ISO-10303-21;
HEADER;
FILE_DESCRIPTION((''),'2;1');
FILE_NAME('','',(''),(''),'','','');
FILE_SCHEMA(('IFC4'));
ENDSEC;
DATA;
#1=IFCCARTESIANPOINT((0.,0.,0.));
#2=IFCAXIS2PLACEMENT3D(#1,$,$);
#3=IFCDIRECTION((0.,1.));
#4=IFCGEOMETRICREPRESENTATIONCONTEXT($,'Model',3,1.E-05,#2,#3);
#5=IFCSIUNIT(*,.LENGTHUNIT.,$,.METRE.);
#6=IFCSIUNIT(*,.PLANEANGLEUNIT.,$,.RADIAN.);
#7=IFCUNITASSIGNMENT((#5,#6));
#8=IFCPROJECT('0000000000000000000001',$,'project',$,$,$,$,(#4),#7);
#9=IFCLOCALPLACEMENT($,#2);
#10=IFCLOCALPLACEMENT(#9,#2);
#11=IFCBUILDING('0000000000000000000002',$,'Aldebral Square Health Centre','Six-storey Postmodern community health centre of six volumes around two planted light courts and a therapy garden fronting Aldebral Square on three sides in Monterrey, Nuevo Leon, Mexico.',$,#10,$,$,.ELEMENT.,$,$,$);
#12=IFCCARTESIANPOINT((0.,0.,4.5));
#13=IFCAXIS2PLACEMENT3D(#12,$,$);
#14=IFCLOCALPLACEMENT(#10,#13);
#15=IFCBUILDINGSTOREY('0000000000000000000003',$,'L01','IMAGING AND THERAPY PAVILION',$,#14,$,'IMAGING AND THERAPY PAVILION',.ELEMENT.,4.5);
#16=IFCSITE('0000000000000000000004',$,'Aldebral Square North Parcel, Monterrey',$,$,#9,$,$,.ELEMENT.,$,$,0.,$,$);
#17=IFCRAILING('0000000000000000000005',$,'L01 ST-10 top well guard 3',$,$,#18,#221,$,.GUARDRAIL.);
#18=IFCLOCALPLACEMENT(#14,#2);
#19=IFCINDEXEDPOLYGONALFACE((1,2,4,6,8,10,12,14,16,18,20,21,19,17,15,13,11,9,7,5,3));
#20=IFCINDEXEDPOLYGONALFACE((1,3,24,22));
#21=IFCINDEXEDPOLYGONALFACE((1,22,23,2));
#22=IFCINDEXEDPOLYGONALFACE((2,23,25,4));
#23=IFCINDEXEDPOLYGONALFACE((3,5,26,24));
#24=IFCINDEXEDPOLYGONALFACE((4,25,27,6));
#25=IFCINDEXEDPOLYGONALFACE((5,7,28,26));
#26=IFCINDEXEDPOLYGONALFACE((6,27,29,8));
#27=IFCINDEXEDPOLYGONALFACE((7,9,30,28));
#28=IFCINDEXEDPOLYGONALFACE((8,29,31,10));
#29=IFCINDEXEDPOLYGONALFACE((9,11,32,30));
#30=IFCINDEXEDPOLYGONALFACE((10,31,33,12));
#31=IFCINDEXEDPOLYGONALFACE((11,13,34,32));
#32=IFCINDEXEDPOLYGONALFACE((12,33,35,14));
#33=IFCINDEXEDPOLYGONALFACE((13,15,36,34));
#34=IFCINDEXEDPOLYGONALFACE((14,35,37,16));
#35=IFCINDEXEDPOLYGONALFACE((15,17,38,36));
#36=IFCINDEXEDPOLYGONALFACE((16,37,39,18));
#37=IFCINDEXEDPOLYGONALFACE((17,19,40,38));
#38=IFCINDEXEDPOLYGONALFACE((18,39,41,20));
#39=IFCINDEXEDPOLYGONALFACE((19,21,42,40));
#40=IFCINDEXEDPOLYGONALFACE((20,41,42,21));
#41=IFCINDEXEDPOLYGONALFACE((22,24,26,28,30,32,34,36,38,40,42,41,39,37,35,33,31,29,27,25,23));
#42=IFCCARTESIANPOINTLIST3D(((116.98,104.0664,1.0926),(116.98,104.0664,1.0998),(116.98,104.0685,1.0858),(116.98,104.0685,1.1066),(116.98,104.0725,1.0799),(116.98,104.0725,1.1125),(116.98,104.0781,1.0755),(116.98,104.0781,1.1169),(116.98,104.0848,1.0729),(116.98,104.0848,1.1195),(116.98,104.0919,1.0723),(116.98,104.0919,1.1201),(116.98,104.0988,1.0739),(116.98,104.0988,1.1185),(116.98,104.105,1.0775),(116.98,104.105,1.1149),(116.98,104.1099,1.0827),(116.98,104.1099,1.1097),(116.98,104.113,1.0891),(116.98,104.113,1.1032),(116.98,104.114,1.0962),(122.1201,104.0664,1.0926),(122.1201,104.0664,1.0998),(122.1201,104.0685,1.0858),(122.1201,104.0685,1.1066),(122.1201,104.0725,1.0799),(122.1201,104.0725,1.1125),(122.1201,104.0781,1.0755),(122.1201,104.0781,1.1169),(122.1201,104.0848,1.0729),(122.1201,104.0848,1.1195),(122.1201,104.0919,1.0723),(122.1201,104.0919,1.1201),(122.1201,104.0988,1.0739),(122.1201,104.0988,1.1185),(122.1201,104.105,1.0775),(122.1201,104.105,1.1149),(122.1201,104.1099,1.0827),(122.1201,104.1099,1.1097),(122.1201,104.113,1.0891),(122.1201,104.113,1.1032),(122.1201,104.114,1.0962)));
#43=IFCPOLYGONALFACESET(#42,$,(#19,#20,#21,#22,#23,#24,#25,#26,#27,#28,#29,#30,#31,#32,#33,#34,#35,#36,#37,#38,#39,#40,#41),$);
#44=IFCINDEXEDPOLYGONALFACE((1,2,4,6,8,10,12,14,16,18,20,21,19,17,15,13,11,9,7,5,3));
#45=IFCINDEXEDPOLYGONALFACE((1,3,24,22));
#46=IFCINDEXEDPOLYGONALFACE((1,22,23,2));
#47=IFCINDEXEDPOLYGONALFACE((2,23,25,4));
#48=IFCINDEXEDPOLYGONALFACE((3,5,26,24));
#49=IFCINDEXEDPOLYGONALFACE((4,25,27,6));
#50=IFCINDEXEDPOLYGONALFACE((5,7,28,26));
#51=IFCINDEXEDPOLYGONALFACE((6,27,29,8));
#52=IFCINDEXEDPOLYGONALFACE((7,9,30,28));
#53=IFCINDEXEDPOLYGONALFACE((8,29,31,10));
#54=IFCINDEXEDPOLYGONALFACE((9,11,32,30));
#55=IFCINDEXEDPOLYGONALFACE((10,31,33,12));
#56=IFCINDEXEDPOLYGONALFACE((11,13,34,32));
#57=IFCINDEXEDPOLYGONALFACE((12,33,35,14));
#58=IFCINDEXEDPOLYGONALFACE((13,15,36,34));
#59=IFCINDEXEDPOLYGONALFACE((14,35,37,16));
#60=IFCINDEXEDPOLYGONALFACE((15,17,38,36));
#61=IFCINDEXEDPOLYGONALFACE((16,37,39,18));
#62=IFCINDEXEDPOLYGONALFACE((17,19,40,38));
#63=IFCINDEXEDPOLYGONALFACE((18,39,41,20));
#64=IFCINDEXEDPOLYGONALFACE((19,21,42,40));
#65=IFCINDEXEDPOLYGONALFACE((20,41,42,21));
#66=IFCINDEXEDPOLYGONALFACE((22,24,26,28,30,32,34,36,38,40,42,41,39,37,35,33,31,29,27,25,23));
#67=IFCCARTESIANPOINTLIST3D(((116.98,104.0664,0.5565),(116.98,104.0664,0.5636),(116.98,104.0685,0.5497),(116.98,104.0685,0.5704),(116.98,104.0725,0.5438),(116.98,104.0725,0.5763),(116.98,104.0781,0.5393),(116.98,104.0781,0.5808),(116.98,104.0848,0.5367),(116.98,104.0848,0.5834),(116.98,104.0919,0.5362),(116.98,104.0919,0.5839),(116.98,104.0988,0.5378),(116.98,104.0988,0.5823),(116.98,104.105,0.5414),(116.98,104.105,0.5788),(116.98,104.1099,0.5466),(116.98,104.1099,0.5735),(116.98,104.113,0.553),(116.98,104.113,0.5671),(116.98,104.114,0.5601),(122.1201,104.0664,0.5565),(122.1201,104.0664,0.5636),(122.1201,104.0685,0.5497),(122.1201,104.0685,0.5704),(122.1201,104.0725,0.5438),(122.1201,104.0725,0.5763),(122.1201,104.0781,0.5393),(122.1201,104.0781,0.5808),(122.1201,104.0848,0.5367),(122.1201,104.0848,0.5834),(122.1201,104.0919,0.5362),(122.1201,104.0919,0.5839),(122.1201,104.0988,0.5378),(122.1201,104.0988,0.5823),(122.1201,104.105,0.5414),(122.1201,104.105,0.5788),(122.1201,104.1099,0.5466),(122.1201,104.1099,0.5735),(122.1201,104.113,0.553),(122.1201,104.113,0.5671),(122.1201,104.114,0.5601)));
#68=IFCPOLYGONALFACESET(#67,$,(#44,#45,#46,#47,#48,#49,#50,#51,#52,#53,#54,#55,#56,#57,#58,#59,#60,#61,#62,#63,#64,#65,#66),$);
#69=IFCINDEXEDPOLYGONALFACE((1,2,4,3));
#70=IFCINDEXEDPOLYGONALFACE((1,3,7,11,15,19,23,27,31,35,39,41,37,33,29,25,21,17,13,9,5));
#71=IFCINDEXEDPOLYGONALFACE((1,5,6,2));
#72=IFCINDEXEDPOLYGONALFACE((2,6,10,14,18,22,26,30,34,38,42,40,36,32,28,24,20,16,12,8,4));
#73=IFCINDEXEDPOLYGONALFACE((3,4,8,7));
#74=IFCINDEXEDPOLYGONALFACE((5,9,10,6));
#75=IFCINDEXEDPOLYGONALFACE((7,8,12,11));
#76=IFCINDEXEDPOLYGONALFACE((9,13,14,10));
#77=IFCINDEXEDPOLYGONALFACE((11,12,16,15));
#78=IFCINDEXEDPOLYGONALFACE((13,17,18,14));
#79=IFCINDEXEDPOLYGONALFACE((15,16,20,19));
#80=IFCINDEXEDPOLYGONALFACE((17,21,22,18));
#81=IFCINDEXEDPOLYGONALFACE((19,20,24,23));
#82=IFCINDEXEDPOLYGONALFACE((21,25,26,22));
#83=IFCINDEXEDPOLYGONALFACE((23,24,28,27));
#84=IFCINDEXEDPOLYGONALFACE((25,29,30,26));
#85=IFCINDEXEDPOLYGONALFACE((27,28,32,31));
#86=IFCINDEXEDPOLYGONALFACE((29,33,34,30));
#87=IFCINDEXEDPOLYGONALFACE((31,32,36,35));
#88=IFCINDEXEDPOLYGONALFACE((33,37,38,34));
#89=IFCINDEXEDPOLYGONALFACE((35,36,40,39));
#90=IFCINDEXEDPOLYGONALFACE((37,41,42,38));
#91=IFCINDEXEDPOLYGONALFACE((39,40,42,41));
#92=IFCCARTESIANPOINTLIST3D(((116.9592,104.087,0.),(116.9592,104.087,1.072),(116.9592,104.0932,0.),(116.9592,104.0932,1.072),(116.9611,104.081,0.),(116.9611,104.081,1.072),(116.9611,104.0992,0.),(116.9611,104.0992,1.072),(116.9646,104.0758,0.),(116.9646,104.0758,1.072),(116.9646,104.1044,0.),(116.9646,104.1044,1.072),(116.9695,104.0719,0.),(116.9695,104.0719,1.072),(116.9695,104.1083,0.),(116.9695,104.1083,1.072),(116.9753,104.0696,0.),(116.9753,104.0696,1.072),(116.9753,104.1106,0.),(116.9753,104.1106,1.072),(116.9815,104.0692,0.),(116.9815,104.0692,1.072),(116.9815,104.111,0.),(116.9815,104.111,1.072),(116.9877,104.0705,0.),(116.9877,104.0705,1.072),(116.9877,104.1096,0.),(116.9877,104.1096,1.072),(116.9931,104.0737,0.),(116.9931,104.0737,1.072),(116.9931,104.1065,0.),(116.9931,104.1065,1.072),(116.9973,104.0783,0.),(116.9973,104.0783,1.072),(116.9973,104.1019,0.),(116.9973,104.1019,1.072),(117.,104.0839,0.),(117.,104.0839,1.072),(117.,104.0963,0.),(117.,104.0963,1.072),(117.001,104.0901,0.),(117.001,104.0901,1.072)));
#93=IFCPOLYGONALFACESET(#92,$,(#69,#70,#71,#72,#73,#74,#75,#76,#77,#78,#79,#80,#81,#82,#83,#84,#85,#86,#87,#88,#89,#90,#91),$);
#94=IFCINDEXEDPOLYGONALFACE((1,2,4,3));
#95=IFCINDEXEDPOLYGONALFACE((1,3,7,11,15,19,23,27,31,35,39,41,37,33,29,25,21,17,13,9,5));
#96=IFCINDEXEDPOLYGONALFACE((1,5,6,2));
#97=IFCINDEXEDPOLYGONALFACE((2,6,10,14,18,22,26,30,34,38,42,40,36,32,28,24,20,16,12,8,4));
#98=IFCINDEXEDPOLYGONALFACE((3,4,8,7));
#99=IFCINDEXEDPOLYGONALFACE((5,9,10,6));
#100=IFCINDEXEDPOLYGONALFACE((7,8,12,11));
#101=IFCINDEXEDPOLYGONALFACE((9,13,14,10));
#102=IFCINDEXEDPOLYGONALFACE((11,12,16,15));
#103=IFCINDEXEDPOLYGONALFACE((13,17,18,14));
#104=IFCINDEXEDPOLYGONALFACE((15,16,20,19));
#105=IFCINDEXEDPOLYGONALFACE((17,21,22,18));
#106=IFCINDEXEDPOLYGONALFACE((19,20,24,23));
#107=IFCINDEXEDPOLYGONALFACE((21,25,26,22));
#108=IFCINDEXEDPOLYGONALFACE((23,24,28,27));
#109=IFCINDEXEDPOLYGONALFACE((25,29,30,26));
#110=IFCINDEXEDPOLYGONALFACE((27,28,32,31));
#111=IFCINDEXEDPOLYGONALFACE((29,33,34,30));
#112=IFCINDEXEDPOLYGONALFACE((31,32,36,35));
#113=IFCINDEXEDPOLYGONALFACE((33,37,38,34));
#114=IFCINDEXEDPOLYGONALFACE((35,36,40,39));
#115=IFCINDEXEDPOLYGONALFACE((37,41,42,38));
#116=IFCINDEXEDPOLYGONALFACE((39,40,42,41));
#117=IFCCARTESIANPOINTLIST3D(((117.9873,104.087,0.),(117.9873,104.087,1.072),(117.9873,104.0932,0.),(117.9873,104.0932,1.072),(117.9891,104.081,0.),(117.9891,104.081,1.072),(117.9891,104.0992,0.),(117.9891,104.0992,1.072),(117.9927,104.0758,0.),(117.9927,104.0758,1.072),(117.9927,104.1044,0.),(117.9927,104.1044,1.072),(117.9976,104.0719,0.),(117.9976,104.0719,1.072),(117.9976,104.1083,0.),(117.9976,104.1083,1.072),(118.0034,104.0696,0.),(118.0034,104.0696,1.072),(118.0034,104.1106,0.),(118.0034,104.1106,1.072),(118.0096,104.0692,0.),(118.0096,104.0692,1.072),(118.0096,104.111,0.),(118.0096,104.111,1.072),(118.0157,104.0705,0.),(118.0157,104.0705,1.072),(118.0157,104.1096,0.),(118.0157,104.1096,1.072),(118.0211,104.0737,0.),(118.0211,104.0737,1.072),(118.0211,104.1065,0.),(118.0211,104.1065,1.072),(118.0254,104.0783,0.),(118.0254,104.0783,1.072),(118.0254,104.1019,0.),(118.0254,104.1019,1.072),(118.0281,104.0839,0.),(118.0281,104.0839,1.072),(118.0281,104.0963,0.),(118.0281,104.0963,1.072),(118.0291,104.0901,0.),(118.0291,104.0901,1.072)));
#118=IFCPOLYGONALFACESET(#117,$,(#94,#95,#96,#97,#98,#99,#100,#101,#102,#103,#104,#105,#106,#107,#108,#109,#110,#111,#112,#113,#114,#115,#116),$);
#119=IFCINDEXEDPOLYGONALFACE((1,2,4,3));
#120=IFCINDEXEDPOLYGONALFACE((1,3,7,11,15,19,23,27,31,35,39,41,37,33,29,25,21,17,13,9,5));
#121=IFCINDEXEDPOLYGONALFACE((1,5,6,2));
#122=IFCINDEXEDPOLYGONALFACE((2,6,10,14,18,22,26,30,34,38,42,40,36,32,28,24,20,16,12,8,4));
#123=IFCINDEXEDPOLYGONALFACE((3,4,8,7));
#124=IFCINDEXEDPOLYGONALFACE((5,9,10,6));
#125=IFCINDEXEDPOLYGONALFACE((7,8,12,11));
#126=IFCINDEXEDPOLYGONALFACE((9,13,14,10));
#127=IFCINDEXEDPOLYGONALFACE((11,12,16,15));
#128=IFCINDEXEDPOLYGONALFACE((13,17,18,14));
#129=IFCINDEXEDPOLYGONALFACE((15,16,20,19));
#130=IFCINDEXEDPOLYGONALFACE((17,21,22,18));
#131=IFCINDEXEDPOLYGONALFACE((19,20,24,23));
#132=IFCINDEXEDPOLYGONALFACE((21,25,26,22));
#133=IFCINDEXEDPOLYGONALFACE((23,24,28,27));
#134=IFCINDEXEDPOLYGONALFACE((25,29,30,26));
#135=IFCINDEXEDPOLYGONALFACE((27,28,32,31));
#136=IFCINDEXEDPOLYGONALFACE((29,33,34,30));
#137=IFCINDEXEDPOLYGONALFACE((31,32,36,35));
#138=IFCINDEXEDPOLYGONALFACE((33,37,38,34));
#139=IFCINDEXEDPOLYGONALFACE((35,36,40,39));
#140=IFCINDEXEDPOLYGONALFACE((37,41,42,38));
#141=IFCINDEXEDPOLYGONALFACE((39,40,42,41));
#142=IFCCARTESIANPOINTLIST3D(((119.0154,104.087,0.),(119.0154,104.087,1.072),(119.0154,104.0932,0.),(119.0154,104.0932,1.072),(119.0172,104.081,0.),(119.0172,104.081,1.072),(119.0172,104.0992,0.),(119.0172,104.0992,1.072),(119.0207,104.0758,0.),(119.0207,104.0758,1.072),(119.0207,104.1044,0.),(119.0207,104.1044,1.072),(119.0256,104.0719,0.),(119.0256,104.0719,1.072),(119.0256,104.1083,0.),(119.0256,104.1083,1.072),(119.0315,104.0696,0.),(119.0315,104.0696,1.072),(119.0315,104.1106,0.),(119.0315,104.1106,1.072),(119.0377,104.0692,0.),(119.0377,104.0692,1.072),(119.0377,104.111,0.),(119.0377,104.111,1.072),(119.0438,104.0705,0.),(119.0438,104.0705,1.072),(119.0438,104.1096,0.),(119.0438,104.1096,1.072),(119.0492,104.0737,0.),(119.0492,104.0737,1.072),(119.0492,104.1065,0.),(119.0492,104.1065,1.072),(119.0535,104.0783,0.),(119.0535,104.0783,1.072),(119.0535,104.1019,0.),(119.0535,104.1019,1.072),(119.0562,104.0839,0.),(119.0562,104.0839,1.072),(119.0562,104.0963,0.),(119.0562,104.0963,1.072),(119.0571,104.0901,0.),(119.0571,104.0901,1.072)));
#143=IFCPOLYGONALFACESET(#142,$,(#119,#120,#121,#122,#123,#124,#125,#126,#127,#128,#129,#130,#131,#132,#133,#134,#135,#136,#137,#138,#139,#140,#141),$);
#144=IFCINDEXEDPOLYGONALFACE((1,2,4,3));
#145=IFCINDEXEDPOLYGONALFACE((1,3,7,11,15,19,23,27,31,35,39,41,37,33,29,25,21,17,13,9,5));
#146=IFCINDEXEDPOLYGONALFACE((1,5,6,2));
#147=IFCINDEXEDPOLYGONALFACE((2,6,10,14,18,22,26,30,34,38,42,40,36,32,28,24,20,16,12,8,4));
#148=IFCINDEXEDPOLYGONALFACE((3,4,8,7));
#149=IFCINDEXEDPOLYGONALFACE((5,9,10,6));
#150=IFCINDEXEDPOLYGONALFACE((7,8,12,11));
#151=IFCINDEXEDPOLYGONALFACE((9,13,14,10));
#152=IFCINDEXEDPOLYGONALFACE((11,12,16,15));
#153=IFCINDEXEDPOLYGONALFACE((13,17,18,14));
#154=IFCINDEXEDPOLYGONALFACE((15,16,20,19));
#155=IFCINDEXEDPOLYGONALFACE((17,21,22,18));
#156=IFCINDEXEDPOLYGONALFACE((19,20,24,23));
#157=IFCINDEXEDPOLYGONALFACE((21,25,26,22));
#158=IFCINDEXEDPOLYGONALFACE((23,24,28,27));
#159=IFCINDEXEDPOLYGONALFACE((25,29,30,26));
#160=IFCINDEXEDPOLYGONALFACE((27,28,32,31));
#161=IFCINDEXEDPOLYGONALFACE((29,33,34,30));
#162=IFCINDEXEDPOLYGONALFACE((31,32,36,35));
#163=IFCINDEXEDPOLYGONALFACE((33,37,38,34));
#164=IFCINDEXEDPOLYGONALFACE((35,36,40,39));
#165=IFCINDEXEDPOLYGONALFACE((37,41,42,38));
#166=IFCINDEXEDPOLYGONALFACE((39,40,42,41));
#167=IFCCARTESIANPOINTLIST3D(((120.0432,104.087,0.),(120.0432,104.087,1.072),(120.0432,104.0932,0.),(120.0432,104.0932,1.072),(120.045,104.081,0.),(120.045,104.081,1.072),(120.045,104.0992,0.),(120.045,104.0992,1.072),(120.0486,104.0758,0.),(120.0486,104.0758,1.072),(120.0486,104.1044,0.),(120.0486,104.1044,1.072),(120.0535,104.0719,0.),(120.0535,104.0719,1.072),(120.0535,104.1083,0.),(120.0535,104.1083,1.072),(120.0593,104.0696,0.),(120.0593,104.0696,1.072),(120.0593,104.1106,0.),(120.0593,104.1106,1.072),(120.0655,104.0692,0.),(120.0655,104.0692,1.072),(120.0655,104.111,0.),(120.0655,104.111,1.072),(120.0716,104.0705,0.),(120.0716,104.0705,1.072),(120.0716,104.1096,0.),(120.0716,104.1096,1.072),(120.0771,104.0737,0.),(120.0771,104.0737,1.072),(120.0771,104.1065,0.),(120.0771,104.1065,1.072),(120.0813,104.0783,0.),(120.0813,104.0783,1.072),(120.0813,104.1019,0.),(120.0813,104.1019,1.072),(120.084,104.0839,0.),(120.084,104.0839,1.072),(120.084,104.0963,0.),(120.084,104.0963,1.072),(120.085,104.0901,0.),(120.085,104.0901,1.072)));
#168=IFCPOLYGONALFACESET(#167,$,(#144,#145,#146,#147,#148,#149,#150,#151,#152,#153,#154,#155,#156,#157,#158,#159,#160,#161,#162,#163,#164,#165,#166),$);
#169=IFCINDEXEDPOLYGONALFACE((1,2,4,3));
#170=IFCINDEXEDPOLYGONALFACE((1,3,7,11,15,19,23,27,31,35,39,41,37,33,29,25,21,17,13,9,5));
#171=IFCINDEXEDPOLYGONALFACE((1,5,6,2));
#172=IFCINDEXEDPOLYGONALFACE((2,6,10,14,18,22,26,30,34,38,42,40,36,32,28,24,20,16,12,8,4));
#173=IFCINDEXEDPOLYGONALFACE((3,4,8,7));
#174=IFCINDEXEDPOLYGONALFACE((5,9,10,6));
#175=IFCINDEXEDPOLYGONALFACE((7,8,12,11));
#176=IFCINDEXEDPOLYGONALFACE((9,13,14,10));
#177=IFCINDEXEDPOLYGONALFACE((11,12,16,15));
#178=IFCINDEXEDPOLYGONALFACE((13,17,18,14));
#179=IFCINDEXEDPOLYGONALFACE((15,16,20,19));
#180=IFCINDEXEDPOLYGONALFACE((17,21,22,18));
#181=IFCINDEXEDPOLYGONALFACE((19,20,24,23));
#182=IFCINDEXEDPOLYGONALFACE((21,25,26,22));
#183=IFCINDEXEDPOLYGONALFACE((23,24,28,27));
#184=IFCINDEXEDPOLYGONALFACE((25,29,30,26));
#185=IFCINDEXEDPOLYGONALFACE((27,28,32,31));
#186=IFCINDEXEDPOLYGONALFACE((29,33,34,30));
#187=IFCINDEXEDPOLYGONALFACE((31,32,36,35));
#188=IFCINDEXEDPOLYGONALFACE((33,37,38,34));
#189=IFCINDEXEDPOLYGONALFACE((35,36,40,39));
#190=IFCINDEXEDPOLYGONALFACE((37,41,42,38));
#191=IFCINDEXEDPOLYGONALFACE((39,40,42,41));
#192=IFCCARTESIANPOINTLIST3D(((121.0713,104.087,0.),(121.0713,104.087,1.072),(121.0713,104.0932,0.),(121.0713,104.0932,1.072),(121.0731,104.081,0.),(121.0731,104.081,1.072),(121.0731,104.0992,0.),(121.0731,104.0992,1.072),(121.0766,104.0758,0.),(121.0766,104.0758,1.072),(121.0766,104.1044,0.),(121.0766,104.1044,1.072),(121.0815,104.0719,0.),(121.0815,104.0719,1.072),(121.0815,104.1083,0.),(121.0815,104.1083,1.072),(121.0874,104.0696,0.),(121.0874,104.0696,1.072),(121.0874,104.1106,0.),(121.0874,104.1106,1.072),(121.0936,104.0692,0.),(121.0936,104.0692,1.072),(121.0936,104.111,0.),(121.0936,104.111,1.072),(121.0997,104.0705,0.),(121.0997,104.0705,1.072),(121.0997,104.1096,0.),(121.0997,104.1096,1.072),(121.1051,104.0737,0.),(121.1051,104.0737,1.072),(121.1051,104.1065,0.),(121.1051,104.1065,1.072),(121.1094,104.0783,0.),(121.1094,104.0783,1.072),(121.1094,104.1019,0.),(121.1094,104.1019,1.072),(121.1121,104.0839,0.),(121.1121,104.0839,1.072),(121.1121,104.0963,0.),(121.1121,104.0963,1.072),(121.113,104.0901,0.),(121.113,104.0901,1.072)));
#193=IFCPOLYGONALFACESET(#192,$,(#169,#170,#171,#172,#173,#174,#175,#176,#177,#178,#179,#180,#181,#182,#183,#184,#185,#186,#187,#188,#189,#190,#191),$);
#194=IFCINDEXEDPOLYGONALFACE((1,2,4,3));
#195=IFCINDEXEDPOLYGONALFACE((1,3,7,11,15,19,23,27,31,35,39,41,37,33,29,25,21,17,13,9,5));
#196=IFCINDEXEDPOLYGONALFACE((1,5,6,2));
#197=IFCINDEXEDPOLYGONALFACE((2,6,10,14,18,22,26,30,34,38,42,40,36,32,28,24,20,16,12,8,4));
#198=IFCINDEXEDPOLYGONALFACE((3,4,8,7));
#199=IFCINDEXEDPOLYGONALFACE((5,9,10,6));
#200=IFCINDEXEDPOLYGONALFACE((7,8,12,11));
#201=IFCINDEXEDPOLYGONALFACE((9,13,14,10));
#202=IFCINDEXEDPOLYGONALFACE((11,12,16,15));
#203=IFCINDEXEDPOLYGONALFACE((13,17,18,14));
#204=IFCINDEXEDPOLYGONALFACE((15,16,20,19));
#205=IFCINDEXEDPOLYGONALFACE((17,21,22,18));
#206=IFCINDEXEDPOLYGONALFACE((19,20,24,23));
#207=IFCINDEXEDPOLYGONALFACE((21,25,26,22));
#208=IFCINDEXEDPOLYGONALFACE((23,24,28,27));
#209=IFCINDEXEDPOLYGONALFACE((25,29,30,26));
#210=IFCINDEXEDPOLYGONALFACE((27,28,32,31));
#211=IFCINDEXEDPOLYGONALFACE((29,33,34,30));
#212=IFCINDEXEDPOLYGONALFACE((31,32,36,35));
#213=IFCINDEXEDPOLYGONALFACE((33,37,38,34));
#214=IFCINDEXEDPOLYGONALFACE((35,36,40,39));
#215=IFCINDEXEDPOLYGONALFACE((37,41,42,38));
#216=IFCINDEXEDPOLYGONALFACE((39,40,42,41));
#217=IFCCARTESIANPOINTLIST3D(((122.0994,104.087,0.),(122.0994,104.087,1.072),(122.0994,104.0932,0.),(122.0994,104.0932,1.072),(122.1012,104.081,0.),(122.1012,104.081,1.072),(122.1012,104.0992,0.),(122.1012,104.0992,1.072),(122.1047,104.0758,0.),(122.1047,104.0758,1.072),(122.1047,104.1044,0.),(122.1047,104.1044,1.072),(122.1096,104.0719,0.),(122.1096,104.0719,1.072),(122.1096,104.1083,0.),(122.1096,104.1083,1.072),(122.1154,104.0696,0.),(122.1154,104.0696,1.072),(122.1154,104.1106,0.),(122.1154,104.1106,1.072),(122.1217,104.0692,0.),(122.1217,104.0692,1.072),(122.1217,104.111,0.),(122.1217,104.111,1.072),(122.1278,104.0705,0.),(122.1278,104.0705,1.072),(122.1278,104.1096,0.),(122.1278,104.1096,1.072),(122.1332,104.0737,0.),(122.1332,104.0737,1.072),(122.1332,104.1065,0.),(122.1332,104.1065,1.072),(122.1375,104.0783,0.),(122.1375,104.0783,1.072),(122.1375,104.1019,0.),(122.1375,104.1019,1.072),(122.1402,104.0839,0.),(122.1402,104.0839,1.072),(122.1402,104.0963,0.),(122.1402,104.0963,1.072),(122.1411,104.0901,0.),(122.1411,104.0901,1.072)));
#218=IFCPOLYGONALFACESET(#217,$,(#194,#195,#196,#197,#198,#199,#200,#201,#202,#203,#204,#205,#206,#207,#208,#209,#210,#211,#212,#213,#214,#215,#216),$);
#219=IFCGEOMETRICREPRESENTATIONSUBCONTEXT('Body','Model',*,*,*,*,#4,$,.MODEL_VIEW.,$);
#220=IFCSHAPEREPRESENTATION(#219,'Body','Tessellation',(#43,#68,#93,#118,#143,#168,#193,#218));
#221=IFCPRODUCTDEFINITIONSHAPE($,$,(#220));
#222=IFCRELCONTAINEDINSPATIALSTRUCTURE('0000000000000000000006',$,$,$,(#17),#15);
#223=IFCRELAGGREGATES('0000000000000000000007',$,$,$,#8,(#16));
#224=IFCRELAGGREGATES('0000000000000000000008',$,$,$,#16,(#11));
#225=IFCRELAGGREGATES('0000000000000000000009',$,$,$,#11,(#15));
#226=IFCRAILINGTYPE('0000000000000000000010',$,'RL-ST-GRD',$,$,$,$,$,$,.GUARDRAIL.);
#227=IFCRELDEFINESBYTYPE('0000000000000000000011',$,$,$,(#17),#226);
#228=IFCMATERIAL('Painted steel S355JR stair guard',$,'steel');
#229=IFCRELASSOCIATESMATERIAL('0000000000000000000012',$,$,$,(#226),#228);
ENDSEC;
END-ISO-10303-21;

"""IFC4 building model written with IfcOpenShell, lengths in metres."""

from ifc_helpers import new_model, si_unit, direction, frame, origin, origin_2d, place, context, subcontext, project, spatial, circle, extrude, material, type_object, element, save


model = new_model("IFC4")

# Units and contexts
model_context = context("Model", 3, precision=1e-05, world=origin(), true_north=direction((0.0, 1.0)))
body_context = subcontext(model_context, "Body", "Model", "MODEL_VIEW")
ifc_project = project(units=[si_unit("LENGTHUNIT", "METRE"), si_unit("PLANEANGLEUNIT", "RADIAN")], contexts=[model_context])

# Site, building, storey
site_placement = place(None, origin())
site = spatial("IfcSite", under=ifc_project, at=site_placement, Name="Aldebral Square North Parcel, Monterrey", CompositionType="ELEMENT", RefElevation=0.0)
building_placement = place(site_placement, origin())
building = spatial("IfcBuilding", under=site, at=building_placement, Name="Aldebral Square Health Centre", Description="Six-storey Postmodern community health centre of six volumes around two planted light courts and a therapy garden fronting Aldebral Square on three sides in Monterrey, Nuevo Leon, Mexico.", CompositionType="ELEMENT")
storey_placement = place(building_placement, frame((0.0, 0.0, 4.5)))
storey = spatial("IfcBuildingStorey", under=building, at=storey_placement, Name="L01", Description="IMAGING AND THERAPY PAVILION", LongName="IMAGING AND THERAPY PAVILION", CompositionType="ELEMENT", Elevation=4.5)

# Railing
ifc_material_1 = material(Name="Painted steel S355JR stair guard", Category="steel")
railing_type = type_object("IfcRailingType", Name="RL-ST-GRD", PredefinedType="GUARDRAIL", material=ifc_material_1)
railing_1_placement = place(storey_placement, frame((116.98, 104.0901, 0.0)))
element("IfcRailing", 1, at=railing_1_placement, inside=storey, type_object=railing_type, Name="L01 ST-10 top well guard 3", PredefinedType="GUARDRAIL", context=body_context, shape_type="SweptSolid", body=[
    extrude(circle(Radius=0.0239, at=origin_2d()), frame((0.0, 0.0, 1.0962), z_axis=(1.0, 0.0, 0.0), x_axis=(0.0, 1.0, 0.0)), (0.0, 0.0, 1.0), 5.1401),
    extrude(circle(Radius=0.0239, at=origin_2d()), frame((0.0, 0.0, 0.5601), z_axis=(1.0, 0.0, 0.0), x_axis=(0.0, 1.0, 0.0)), (0.0, 0.0, 1.0), 5.1401),
    extrude(circle(Radius=0.021, at=origin_2d()), origin(), (0.0, 0.0, 1.0), 1.072),
    extrude(circle(Radius=0.021, at=origin_2d()), frame((1.0281, 0.0, 0.0)), (0.0, 0.0, 1.0), 1.072),
    extrude(circle(Radius=0.021, at=origin_2d()), frame((2.0562, 0.0, 0.0)), (0.0, 0.0, 1.0), 1.072),
    extrude(circle(Radius=0.021, at=origin_2d()), frame((3.084, 0.0, 0.0)), (0.0, 0.0, 1.0), 1.072),
    extrude(circle(Radius=0.021, at=origin_2d()), frame((4.1121, 0.0, 0.0)), (0.0, 0.0, 1.0), 1.072),
    extrude(circle(Radius=0.021, at=origin_2d()), frame((5.1401, 0.0, 0.0)), (0.0, 0.0, 1.0), 1.072),
])

save(model, "model.ifc")
